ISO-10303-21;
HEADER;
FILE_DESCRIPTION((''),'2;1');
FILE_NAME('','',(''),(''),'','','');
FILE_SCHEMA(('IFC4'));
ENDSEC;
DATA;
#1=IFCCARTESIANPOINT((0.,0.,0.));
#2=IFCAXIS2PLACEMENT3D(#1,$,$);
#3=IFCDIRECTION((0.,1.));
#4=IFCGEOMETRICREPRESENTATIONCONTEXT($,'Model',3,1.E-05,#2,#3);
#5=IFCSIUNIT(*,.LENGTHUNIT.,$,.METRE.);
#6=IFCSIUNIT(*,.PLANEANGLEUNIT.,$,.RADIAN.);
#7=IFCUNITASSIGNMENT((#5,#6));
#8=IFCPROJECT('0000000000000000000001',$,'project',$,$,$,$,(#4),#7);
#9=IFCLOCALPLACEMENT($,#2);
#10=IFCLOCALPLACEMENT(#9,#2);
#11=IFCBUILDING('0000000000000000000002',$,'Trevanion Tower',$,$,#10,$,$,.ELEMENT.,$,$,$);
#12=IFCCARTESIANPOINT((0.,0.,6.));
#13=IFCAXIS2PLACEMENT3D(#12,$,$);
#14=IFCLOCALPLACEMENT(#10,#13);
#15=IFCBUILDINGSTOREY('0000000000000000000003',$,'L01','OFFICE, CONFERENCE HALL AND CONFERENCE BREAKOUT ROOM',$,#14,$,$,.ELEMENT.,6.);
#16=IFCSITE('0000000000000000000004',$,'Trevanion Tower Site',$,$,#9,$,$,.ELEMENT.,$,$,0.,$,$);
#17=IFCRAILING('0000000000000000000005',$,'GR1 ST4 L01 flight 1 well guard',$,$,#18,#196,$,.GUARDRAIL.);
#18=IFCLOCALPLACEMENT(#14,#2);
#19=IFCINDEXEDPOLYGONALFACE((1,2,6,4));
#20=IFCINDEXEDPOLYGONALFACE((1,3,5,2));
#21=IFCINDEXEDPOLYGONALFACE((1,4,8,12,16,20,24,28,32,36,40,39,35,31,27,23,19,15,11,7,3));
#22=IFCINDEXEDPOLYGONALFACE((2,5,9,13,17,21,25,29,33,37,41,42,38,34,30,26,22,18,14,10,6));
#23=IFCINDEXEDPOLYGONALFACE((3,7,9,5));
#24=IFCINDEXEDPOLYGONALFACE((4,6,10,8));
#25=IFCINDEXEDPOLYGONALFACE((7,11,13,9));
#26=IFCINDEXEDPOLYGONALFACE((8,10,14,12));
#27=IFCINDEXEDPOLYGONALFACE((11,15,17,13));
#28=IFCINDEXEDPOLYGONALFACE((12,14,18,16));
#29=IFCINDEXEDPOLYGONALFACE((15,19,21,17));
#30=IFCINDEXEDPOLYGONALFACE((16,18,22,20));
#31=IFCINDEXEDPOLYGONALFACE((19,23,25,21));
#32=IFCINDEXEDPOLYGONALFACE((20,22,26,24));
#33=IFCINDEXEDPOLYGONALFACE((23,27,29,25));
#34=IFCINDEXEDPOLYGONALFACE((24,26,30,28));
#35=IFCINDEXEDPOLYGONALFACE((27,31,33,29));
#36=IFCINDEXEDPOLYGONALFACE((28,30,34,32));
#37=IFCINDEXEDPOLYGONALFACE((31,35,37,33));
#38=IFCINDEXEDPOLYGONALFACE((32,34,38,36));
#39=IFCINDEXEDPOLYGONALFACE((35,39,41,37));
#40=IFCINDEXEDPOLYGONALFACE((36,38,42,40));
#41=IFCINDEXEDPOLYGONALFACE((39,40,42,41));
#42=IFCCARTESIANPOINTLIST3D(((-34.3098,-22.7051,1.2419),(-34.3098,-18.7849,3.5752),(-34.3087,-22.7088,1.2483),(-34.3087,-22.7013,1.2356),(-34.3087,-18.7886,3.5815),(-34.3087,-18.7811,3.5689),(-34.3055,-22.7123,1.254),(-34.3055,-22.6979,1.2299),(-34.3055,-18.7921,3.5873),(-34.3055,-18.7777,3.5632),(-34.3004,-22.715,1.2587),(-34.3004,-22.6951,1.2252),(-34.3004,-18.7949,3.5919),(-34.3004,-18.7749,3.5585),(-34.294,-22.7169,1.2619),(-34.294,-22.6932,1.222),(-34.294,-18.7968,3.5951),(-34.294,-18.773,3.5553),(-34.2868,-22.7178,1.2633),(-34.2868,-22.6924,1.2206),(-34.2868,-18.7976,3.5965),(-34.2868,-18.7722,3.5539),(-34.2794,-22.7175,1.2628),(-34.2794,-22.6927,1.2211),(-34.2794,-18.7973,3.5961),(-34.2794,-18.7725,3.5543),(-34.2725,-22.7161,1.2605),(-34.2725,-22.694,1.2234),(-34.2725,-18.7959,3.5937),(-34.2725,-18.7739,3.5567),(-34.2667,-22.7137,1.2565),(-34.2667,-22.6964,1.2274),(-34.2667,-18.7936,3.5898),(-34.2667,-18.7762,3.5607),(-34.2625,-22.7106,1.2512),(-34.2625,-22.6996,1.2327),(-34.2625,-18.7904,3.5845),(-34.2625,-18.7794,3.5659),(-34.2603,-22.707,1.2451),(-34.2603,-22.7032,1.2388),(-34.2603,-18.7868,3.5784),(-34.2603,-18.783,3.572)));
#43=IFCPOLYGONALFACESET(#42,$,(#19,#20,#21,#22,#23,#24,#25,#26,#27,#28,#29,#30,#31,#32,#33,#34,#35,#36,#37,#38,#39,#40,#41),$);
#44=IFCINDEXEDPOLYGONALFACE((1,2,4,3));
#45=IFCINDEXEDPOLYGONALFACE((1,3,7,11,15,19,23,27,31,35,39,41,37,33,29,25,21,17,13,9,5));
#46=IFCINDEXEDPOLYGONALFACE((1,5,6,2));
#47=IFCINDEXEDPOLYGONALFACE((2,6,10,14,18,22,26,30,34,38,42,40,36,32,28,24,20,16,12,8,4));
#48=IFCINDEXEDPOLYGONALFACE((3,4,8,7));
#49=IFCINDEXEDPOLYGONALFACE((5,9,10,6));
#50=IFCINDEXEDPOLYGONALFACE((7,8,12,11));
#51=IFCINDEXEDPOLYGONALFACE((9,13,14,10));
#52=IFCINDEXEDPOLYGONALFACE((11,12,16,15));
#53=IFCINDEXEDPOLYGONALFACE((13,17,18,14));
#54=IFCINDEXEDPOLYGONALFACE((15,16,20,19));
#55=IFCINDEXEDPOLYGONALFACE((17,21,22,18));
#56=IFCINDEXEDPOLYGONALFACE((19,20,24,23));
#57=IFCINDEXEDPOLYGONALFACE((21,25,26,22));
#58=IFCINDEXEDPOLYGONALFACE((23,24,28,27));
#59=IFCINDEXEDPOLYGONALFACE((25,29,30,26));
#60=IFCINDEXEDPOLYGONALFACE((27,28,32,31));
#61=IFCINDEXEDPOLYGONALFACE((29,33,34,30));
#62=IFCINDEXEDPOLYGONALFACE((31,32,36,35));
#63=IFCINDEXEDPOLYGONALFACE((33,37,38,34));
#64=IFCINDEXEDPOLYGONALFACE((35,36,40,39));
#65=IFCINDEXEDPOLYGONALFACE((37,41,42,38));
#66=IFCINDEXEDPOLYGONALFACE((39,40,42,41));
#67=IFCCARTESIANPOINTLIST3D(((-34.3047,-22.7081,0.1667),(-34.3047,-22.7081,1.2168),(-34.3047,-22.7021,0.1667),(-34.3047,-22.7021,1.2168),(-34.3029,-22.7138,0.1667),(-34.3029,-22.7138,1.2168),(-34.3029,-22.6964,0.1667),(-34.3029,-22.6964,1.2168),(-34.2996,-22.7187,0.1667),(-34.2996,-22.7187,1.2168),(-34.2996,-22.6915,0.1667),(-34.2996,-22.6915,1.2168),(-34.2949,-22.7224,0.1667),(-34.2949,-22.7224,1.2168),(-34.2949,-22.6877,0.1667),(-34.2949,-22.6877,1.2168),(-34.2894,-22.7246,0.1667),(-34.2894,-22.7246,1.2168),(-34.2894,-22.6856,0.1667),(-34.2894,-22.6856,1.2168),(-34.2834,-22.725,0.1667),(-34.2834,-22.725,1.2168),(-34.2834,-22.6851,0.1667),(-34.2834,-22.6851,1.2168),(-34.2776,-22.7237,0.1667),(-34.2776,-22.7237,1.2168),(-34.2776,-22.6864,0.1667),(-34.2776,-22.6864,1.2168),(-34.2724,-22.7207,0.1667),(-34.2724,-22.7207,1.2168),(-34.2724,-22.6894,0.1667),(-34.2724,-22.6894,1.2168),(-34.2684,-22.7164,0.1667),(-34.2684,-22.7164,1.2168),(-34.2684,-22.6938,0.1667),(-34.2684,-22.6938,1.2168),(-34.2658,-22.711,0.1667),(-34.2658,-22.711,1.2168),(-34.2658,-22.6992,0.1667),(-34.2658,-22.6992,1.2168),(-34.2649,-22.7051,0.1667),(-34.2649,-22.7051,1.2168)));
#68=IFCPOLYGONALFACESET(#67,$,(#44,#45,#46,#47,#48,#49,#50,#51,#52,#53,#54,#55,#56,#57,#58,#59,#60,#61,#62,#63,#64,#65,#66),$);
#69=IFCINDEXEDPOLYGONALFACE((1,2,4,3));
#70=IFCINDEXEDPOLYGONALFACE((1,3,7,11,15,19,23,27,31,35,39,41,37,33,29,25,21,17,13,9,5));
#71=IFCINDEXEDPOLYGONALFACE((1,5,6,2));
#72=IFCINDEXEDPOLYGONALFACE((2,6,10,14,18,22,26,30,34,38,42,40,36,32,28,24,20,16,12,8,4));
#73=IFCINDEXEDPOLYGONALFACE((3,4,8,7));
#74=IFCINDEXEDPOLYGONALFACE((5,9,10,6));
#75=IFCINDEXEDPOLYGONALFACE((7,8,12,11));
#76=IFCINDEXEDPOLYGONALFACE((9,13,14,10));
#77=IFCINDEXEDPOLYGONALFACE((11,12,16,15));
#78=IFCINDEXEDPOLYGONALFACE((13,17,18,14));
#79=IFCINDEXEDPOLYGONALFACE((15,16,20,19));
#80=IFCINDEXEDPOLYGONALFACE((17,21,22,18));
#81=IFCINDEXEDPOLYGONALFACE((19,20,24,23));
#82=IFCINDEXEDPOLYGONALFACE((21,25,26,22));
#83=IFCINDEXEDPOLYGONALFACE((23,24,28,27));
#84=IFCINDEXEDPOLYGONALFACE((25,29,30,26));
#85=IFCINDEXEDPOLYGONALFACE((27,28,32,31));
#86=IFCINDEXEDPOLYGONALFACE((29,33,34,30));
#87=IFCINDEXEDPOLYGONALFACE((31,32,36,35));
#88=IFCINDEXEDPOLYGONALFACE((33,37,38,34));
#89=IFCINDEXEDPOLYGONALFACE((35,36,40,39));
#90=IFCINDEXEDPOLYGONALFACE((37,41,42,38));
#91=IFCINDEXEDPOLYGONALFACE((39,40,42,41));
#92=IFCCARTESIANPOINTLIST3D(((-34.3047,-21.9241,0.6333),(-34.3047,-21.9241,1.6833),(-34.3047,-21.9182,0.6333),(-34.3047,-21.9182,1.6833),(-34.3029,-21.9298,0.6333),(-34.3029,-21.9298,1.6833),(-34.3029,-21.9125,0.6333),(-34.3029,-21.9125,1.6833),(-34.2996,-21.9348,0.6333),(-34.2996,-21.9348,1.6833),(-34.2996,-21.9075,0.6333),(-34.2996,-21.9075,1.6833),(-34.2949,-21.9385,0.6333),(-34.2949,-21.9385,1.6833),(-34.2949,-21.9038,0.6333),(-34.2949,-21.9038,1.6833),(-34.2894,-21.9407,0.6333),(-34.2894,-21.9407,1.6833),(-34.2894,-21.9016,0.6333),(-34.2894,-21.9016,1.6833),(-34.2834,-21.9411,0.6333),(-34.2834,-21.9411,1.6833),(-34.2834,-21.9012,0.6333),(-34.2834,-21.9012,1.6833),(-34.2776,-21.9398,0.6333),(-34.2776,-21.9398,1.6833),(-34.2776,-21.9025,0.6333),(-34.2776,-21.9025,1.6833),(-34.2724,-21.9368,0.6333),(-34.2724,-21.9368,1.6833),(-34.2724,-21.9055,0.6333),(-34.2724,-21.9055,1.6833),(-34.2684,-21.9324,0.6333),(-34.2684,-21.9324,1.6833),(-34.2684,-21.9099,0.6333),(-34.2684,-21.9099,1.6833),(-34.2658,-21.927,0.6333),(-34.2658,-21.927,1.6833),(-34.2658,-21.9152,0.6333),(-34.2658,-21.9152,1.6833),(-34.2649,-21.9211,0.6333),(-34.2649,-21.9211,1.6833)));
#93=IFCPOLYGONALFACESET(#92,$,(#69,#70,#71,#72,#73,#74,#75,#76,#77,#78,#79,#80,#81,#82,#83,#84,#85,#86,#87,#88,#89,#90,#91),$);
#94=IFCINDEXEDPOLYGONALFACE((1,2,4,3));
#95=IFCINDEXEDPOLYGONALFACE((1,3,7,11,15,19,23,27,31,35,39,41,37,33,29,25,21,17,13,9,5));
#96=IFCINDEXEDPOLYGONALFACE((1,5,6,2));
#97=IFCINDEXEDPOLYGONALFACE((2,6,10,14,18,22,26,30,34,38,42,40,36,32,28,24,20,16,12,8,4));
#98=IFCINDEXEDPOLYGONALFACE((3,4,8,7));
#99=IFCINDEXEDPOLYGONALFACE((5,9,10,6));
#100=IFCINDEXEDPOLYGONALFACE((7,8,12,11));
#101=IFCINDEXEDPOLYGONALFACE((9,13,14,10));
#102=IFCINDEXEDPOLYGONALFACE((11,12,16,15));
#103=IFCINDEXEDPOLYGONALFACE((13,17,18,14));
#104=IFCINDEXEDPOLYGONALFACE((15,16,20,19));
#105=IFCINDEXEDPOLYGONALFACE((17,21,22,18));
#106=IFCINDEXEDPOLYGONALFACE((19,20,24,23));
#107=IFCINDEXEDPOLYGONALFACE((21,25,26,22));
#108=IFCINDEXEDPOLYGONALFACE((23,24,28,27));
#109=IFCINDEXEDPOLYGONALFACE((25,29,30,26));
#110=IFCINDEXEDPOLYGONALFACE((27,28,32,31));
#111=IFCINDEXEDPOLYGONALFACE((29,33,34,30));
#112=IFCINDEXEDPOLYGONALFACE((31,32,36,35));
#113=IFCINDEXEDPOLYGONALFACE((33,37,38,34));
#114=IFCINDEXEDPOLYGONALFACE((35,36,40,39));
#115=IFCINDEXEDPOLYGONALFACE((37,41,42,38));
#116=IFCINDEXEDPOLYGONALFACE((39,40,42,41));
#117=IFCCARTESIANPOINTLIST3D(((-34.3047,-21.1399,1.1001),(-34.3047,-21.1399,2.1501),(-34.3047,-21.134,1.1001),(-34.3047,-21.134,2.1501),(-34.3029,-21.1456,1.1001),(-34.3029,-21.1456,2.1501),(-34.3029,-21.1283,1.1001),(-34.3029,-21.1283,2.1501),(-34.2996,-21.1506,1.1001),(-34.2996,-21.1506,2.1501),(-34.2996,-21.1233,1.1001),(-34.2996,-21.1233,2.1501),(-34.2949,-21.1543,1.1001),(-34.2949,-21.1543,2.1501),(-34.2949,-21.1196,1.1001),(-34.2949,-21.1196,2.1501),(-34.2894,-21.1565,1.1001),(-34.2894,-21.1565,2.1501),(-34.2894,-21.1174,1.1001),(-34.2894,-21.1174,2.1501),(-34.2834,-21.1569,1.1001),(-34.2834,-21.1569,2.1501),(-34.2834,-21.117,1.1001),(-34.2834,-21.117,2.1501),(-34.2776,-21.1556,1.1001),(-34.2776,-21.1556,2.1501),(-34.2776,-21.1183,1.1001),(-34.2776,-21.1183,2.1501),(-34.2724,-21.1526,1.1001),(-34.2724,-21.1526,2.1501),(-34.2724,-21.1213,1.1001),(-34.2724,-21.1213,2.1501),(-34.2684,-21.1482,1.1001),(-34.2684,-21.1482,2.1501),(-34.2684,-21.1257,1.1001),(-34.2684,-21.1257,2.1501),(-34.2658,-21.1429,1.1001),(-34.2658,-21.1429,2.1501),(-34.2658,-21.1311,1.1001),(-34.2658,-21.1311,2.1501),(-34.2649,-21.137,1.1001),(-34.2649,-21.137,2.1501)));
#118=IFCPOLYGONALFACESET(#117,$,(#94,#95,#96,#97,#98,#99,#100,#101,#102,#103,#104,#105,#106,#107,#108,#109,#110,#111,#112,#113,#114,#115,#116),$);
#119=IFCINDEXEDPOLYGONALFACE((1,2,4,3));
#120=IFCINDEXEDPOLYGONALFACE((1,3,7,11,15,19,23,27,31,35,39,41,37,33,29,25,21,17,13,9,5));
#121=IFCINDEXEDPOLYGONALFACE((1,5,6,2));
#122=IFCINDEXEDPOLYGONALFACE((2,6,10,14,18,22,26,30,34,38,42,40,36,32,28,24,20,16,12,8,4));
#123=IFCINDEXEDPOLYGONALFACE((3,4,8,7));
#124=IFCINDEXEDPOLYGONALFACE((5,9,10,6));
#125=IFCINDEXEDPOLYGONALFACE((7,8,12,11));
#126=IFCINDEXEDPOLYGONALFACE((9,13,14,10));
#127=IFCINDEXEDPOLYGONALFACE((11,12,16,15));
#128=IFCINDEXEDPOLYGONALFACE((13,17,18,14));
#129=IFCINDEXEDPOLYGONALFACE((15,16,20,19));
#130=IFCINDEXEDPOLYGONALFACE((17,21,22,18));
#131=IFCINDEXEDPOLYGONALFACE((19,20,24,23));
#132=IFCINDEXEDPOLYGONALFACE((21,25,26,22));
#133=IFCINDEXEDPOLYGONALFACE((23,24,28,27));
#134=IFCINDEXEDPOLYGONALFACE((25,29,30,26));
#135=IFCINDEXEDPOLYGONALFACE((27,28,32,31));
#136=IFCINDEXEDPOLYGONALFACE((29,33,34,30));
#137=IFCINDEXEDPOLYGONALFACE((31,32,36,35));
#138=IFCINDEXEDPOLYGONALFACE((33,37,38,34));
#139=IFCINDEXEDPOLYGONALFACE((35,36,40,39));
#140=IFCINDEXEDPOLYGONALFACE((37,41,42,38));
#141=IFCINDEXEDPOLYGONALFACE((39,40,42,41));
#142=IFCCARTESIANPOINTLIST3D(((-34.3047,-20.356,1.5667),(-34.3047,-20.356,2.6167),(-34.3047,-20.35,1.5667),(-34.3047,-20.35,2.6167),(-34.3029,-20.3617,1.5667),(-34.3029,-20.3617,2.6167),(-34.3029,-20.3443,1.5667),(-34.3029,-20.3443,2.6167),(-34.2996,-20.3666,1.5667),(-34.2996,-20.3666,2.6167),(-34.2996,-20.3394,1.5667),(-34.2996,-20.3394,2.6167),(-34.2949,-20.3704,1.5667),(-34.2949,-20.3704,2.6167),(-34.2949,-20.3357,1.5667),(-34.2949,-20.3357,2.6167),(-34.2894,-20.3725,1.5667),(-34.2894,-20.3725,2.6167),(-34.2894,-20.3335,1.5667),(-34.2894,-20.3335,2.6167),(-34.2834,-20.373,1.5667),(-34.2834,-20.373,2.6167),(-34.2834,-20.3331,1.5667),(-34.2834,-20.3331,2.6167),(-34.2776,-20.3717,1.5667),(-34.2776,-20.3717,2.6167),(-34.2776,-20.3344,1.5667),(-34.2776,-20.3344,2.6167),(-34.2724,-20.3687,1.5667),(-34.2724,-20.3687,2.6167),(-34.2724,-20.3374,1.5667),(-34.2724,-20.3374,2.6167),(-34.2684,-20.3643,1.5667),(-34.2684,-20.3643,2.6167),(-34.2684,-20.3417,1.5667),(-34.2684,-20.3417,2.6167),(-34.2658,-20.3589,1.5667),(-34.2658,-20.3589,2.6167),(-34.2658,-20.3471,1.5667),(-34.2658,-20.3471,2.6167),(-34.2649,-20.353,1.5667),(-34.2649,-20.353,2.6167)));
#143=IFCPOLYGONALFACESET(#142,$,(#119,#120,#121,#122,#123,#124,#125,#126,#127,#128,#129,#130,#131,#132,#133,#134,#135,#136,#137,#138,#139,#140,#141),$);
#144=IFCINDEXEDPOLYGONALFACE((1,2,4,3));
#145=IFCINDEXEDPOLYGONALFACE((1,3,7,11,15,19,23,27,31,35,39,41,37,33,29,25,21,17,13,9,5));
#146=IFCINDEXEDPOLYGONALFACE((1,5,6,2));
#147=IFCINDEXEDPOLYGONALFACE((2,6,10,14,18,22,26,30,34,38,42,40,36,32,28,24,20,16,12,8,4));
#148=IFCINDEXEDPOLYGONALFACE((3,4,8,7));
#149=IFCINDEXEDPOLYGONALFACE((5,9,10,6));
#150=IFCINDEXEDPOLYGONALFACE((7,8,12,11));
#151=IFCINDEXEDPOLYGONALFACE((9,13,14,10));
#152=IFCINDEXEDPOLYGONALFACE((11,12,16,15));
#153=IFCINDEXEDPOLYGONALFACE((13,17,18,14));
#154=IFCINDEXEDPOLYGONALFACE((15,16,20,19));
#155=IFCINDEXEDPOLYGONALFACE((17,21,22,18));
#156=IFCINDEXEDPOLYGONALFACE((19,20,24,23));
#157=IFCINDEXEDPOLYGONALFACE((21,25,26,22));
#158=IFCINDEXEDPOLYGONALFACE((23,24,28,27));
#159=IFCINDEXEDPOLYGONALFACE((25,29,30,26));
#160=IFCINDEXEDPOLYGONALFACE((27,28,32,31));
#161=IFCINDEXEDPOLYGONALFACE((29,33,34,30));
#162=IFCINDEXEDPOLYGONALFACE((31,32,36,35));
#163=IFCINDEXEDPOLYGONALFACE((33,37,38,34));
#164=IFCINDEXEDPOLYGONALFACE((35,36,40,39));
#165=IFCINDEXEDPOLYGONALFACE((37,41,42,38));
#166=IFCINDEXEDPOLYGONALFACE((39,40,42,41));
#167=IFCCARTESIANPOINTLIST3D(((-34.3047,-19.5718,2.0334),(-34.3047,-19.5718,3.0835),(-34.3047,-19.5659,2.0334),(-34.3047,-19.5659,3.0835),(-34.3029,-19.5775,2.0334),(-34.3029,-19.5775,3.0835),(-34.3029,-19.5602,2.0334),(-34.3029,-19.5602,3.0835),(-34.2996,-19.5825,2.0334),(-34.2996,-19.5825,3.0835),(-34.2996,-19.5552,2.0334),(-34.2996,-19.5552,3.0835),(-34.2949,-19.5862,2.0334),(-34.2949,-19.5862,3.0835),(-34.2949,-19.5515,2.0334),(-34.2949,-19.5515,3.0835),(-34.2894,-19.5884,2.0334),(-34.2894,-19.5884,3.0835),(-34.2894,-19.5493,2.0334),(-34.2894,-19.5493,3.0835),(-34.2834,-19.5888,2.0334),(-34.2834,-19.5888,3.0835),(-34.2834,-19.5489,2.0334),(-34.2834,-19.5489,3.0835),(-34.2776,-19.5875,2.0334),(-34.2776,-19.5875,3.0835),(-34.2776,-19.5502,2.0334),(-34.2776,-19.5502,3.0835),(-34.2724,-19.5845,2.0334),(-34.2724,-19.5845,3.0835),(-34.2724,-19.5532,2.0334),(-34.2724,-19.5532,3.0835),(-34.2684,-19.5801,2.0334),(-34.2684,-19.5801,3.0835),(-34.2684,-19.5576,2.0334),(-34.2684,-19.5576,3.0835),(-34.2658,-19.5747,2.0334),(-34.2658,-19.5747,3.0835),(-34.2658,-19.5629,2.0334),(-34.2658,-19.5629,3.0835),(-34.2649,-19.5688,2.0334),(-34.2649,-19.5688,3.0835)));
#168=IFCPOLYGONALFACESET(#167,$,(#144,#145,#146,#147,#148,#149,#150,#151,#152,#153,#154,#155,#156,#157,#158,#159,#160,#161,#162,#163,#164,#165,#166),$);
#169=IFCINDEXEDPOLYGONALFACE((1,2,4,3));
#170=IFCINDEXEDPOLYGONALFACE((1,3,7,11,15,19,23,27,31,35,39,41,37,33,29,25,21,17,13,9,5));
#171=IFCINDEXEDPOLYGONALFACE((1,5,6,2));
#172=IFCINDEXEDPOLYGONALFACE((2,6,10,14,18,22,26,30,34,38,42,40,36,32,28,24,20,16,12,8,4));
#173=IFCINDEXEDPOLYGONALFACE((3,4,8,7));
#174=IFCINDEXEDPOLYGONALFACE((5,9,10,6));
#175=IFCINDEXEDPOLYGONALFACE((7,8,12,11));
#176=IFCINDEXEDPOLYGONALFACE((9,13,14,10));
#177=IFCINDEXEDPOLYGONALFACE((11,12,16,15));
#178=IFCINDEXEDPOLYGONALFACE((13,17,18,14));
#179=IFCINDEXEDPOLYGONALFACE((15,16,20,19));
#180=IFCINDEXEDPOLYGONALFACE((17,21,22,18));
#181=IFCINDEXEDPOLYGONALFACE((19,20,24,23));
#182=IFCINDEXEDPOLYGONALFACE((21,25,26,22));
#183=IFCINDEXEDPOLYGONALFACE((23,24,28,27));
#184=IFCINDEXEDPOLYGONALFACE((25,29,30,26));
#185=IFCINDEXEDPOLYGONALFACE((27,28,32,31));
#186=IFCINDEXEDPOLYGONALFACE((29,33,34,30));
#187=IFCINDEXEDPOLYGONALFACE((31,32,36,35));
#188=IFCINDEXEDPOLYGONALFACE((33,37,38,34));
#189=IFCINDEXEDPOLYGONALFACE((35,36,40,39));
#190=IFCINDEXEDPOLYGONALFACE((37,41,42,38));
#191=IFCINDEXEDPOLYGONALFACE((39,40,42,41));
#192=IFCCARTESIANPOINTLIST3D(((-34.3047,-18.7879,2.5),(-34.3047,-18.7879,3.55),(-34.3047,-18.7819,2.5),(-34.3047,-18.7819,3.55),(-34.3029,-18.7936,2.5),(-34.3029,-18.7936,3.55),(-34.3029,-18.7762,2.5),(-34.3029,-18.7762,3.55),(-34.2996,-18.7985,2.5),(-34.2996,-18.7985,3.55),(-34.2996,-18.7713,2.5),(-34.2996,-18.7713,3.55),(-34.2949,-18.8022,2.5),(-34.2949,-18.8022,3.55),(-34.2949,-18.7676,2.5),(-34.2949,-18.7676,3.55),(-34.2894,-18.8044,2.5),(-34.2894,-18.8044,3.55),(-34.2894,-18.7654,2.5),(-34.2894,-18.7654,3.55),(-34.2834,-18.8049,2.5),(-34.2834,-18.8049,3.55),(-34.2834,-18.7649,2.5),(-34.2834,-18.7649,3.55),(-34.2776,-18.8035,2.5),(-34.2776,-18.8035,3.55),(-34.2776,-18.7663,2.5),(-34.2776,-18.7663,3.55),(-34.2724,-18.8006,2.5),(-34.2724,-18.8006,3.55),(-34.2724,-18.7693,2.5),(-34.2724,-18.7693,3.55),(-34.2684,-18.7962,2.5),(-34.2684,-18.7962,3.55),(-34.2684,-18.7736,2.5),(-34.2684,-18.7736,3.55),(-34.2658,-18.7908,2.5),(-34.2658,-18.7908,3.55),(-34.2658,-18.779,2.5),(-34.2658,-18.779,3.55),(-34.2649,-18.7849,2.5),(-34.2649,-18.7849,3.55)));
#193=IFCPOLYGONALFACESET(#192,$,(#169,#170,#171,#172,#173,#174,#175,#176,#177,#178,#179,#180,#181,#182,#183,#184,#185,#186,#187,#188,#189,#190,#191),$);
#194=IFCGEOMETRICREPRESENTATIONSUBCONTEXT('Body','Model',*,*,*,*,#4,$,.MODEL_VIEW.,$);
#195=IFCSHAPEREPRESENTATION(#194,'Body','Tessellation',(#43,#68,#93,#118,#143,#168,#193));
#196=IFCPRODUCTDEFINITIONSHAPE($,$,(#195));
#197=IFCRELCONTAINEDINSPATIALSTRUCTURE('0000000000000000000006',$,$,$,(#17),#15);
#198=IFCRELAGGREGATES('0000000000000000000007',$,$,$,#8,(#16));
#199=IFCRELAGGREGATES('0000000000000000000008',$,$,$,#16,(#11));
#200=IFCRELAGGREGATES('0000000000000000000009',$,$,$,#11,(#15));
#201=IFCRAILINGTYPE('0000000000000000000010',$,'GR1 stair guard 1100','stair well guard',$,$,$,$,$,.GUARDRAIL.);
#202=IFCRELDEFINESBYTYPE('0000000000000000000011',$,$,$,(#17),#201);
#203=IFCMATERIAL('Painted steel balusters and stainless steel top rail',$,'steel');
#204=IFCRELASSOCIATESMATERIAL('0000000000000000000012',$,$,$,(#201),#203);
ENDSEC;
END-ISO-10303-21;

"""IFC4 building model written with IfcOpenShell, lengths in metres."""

from ifc_helpers import new_model, si_unit, direction, frame, origin, origin_2d, place, context, subcontext, project, spatial, circle, extrude, material, type_object, element, save


model = new_model("IFC4")

# Units and contexts
model_context = context("Model", 3, precision=1e-05, world=origin(), true_north=direction((0.0, 1.0)))
body_context = subcontext(model_context, "Body", "Model", "MODEL_VIEW")
ifc_project = project(units=[si_unit("LENGTHUNIT", "METRE"), si_unit("PLANEANGLEUNIT", "RADIAN")], contexts=[model_context])

# Site, building, storey
site_placement = place(None, origin())
site = spatial("IfcSite", under=ifc_project, at=site_placement, Name="Trevanion Tower Site", CompositionType="ELEMENT", RefElevation=0.0)
building_placement = place(site_placement, origin())
building = spatial("IfcBuilding", under=site, at=building_placement, Name="Trevanion Tower", CompositionType="ELEMENT")
storey_placement = place(building_placement, frame((0.0, 0.0, 6.0)))
storey = spatial("IfcBuildingStorey", under=building, at=storey_placement, Name="L01", Description="OFFICE, CONFERENCE HALL AND CONFERENCE BREAKOUT ROOM", CompositionType="ELEMENT", Elevation=6.0)

# Railing
ifc_material_1 = material(Name="Painted steel balusters and stainless steel top rail", Category="steel")
railing_type_1 = type_object("IfcRailingType", Name="GR1 stair guard 1100", Description="stair well guard", PredefinedType="GUARDRAIL", material=ifc_material_1)
railing_1_placement = place(storey_placement, frame((-34.2849, -22.7051, 0.1667)))
element("IfcRailing", 1, at=railing_1_placement, inside=storey, type_object=railing_type_1, Name="GR1 ST4 L01 flight 1 well guard", PredefinedType="GUARDRAIL", context=body_context, shape_type="SweptSolid", body=[
    extrude(circle(Radius=0.0249, at=origin_2d()), frame((0.0, 0.0, 1.0752), z_axis=(0.0, 0.85931, 0.511455), x_axis=(-1.0, 0.0, 0.0)), (0.0, 0.0, 1.0), 4.562),
    extrude(circle(Radius=0.02, at=origin_2d()), origin(), (0.0, 0.0, 1.0), 1.05),
    extrude(circle(Radius=0.02, at=origin_2d()), frame((0.0, 0.7839, 0.4666)), (0.0, 0.0, 1.0), 1.05),
    extrude(circle(Radius=0.02, at=origin_2d()), frame((0.0, 1.5681, 0.9333)), (0.0, 0.0, 1.0), 1.05),
    extrude(circle(Radius=0.02, at=origin_2d()), frame((0.0, 2.3521, 1.3999)), (0.0, 0.0, 1.0), 1.05),
    extrude(circle(Radius=0.02, at=origin_2d()), frame((0.0, 3.1362, 1.8667)), (0.0, 0.0, 1.0), 1.05),
    extrude(circle(Radius=0.02, at=origin_2d()), frame((0.0, 3.9202, 2.3333)), (0.0, 0.0, 1.0), 1.05),
])

save(model, "model.ifc")
